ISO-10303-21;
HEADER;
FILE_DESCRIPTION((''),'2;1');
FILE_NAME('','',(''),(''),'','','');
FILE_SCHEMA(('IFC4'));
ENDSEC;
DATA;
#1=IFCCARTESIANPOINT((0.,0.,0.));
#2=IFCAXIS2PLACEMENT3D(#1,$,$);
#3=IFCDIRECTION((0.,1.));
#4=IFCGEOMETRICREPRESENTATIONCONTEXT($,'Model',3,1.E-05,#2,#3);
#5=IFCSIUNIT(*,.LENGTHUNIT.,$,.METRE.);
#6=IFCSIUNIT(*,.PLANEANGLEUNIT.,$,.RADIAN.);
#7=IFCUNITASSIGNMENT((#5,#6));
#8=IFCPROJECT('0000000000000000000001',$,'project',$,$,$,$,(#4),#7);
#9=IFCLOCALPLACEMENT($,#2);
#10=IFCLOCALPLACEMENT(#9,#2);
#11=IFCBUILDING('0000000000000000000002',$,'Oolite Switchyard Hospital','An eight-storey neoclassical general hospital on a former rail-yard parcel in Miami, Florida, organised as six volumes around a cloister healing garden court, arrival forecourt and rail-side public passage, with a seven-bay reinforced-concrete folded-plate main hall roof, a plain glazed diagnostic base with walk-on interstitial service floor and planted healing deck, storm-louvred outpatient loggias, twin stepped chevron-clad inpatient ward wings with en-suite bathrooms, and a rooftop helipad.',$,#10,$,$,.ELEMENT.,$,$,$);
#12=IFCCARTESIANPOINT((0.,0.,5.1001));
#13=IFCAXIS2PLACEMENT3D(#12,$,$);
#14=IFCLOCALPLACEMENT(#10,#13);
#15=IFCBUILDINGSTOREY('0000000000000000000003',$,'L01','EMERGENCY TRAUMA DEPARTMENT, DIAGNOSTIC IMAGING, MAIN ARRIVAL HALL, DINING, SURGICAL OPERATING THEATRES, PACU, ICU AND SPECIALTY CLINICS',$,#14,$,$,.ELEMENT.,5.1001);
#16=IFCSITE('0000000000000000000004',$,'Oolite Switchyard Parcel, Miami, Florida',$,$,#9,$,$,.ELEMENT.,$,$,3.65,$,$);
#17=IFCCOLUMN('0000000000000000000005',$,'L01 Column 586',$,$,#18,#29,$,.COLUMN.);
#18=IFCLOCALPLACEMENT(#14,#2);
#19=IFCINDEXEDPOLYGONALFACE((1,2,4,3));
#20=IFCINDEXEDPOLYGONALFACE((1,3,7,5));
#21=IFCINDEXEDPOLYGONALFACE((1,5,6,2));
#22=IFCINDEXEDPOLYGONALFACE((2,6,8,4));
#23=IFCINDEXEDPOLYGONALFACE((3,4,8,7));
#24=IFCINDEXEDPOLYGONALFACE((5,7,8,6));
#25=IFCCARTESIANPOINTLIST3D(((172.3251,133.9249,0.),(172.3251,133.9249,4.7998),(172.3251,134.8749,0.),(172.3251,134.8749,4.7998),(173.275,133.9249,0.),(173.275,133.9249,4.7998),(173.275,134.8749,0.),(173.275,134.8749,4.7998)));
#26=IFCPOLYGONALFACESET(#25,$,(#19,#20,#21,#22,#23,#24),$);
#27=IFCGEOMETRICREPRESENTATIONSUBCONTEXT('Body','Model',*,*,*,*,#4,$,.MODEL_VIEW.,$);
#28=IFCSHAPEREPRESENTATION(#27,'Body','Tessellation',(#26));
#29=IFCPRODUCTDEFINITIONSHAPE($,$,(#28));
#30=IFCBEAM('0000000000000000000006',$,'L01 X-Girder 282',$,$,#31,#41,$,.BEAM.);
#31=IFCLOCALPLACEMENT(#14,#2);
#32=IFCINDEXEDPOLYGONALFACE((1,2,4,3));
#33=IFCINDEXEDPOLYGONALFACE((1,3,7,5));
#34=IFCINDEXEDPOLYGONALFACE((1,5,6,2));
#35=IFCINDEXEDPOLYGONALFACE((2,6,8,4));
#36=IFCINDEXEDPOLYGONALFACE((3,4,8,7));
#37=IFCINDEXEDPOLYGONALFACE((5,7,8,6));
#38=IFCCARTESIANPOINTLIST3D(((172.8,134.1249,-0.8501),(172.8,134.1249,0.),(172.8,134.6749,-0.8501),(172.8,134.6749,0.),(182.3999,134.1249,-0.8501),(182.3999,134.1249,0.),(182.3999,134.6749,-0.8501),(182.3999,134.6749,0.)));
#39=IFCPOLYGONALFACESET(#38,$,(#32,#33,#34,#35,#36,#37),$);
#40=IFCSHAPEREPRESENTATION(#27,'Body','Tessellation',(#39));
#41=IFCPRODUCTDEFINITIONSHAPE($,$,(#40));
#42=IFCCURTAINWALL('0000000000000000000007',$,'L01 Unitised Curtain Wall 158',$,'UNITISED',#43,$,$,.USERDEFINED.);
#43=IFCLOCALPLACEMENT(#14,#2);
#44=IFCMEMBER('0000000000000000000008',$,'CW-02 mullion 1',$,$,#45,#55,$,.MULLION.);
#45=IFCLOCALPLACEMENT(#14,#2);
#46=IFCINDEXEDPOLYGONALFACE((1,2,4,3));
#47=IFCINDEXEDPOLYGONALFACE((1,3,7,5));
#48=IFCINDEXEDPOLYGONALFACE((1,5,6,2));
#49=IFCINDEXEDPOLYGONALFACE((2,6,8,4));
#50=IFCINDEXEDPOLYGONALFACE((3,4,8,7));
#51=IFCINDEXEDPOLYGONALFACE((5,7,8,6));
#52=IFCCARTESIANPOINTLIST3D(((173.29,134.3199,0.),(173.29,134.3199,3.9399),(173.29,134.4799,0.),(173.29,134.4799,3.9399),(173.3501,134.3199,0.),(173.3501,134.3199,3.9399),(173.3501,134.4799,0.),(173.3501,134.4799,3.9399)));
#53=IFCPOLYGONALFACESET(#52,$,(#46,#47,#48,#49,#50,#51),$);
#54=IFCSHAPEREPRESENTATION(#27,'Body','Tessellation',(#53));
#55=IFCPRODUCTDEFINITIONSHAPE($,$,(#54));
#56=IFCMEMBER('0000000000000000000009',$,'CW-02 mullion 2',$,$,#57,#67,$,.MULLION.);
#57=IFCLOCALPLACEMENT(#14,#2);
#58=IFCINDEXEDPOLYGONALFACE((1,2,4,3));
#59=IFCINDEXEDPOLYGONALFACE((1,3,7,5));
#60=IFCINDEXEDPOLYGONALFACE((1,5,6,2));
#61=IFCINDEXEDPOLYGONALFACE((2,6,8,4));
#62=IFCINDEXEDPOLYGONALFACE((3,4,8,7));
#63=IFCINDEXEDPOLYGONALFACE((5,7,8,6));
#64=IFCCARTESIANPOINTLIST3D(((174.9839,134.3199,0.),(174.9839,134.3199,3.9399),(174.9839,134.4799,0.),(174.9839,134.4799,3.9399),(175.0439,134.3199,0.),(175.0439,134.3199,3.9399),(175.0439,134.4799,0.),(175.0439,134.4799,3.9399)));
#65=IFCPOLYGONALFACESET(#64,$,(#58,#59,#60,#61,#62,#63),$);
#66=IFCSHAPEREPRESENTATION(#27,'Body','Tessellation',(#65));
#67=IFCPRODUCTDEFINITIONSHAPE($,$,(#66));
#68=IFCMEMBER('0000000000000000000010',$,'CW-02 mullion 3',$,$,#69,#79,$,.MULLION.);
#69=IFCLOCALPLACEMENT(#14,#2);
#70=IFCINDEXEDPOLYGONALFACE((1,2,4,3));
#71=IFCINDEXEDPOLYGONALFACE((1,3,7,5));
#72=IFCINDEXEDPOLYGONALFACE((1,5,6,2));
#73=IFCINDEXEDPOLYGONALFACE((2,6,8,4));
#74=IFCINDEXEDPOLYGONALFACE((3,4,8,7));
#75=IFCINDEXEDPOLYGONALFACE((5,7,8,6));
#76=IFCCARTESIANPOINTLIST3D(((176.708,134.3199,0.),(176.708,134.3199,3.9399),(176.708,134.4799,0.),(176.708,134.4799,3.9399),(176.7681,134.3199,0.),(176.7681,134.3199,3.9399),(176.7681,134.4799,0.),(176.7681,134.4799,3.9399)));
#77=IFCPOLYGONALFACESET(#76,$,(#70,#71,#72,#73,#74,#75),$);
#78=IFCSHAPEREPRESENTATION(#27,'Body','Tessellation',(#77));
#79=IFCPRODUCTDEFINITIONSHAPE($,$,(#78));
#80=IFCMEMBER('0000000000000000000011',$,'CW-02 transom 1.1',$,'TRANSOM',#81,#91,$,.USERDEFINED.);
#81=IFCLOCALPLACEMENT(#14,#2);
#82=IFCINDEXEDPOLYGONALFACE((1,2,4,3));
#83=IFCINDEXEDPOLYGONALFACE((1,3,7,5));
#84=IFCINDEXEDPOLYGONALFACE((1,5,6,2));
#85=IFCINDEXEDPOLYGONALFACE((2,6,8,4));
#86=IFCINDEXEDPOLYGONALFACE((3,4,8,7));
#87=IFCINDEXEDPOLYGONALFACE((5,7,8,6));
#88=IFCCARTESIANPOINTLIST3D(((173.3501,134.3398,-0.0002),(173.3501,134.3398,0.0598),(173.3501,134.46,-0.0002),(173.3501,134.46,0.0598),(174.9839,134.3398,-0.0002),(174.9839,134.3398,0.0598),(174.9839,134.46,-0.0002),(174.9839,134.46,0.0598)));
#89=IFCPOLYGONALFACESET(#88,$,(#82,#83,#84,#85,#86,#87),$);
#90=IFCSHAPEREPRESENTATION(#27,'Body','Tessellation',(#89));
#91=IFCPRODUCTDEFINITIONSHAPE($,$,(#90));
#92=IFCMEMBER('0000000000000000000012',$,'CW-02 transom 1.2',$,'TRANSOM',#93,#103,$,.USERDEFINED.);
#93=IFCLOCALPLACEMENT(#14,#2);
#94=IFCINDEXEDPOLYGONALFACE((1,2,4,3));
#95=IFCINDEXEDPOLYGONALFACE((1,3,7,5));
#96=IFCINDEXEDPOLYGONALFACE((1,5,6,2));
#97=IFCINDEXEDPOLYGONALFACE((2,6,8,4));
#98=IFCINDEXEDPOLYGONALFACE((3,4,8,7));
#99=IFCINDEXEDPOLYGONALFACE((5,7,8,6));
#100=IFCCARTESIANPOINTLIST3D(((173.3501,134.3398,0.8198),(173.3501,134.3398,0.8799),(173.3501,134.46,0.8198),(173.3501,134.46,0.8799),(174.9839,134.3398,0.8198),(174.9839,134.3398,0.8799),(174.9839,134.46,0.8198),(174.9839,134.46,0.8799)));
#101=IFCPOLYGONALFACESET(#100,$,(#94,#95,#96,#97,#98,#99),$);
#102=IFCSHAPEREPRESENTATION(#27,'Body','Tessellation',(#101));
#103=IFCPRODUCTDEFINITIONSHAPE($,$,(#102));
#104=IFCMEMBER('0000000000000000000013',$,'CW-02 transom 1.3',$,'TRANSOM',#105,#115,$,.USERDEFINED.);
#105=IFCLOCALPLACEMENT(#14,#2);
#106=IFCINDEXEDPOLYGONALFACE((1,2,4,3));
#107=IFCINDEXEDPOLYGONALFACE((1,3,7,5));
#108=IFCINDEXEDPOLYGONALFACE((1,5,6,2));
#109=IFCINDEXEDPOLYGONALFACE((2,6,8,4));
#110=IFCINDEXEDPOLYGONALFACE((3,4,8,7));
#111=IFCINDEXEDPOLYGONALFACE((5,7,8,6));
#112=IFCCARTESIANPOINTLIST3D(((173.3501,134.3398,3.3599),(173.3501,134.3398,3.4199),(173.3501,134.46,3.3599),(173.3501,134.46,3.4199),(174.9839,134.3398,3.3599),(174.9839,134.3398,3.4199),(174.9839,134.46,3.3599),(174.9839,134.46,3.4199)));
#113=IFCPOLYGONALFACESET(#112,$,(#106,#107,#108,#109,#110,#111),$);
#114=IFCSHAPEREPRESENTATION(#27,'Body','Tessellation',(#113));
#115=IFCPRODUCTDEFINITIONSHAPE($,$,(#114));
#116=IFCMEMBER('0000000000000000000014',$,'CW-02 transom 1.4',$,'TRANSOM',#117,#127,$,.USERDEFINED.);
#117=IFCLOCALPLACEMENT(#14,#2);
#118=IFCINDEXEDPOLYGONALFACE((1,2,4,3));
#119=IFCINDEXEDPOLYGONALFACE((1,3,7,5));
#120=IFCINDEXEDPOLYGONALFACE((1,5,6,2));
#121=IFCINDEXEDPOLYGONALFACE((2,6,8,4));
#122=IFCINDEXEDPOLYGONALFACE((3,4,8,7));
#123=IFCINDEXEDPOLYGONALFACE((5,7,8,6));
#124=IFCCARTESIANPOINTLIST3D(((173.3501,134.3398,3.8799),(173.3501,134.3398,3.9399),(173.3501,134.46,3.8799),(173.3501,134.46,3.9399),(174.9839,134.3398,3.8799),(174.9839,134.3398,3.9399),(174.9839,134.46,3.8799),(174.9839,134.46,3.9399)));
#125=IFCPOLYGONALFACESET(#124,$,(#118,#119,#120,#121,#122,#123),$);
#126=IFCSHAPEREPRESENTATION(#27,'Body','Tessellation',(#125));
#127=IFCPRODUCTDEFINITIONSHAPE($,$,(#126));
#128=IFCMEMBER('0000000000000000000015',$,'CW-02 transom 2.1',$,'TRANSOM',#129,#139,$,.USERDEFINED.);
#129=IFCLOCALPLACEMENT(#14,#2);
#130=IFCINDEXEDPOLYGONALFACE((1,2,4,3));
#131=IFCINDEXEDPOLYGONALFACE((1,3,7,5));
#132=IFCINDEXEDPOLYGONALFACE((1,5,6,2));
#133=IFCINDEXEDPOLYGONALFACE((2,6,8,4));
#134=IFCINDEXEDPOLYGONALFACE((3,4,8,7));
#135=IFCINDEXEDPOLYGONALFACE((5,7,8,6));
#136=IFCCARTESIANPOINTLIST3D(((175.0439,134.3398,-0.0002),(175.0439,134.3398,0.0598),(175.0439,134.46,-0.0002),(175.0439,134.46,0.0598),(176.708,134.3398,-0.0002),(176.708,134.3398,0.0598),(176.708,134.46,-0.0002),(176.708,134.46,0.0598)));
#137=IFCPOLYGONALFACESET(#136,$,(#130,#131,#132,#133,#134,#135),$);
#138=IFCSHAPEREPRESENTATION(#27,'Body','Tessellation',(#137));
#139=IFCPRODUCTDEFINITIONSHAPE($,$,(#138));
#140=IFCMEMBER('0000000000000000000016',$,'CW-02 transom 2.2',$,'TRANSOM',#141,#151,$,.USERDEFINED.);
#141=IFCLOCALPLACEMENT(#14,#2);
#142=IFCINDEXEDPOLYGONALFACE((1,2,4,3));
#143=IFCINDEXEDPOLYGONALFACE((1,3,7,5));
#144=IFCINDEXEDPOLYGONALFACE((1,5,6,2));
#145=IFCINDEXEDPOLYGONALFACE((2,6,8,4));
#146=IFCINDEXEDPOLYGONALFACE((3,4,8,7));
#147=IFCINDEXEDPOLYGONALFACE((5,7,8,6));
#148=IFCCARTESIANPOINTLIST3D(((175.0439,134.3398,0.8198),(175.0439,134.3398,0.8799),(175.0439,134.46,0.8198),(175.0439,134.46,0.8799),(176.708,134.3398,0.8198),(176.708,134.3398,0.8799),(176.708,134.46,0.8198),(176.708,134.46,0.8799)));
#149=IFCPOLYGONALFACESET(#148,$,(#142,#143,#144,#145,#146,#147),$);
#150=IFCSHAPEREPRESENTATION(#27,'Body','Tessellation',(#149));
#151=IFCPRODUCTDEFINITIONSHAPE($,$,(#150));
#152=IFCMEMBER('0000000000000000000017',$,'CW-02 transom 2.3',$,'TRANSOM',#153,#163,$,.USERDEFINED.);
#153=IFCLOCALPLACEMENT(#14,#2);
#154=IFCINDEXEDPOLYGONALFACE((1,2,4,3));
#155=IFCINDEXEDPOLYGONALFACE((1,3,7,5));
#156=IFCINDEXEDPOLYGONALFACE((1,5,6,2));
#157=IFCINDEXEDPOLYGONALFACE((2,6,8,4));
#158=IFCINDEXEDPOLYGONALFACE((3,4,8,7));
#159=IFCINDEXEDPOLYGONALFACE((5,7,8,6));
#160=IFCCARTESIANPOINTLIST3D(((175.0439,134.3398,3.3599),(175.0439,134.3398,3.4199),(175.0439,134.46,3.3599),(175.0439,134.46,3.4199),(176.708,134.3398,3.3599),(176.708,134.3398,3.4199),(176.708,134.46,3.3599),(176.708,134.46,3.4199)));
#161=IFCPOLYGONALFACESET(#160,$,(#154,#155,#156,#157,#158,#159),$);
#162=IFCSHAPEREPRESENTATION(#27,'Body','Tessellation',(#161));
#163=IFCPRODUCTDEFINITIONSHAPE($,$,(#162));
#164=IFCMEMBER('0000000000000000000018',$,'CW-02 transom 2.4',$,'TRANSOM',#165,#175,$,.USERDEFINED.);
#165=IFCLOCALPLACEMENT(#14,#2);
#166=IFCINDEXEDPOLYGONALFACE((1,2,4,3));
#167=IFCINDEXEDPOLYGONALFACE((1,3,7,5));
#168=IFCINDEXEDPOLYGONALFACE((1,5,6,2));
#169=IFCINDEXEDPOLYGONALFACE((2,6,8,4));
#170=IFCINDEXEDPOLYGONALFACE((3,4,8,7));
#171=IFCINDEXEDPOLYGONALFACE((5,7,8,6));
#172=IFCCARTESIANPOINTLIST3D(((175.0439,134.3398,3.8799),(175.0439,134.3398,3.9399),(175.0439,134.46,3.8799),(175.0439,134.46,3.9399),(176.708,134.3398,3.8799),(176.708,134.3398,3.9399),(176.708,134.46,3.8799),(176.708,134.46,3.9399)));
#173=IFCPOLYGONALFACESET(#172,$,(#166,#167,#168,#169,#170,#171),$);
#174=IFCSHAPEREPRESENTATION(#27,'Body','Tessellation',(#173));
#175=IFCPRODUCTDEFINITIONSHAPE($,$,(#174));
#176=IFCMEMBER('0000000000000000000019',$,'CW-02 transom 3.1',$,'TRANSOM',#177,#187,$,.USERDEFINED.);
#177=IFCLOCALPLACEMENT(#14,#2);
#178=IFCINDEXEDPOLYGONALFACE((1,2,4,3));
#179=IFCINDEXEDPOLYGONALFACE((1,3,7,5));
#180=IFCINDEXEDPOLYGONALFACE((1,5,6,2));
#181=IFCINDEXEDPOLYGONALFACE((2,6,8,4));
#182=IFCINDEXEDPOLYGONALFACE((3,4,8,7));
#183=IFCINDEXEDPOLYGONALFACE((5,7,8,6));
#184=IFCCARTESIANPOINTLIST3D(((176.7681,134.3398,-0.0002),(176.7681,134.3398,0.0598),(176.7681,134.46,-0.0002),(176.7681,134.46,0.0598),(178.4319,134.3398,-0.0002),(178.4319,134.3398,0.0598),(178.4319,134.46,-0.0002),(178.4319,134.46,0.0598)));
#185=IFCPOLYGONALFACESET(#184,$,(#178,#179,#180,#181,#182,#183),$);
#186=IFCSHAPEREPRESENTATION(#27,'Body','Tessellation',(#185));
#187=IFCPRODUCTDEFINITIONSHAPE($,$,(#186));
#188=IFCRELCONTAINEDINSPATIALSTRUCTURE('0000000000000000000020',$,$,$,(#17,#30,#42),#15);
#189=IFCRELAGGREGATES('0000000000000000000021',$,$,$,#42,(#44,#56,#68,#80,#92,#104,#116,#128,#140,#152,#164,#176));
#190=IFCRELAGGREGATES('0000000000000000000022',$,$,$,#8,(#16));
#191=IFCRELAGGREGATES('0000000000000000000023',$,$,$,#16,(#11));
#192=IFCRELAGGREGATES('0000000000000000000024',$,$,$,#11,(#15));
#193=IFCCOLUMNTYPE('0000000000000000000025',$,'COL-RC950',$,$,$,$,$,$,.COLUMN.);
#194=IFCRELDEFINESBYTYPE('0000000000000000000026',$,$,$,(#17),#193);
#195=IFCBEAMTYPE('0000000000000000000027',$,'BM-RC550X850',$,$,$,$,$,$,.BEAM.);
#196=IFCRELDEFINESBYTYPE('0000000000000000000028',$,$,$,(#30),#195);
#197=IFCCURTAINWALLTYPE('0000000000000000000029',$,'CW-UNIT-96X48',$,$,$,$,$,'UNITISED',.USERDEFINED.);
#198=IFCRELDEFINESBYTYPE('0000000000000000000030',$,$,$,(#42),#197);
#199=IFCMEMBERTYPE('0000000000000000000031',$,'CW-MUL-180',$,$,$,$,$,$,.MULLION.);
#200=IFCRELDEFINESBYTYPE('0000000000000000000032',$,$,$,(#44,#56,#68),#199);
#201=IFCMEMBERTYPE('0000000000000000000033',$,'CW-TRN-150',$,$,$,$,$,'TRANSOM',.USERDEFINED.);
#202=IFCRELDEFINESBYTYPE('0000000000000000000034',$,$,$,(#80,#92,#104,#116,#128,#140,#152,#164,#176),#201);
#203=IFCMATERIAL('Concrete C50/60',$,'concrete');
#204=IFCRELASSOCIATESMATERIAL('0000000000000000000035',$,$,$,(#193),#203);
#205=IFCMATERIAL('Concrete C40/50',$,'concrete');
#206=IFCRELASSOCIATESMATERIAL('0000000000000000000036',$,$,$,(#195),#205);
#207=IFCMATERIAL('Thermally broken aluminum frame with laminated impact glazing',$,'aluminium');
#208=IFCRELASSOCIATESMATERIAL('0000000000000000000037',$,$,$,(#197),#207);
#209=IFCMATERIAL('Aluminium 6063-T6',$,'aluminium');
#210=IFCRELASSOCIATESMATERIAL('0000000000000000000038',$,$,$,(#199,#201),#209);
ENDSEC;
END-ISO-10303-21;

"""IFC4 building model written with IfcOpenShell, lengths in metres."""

from ifc_helpers import new_model, si_unit, direction, frame, origin, origin_2d, place, context, subcontext, project, spatial, rectangle, extrude, material, material_profile, profile_set, type_object, element, aggregate, save


model = new_model("IFC4")

# Units and contexts
model_context = context("Model", 3, precision=1e-05, world=origin(), true_north=direction((0.0, 1.0)))
body_context = subcontext(model_context, "Body", "Model", "MODEL_VIEW")
ifc_project = project(units=[si_unit("LENGTHUNIT", "METRE"), si_unit("PLANEANGLEUNIT", "RADIAN")], contexts=[model_context])

# Site, building, storey
site_placement = place(None, origin())
site = spatial("IfcSite", under=ifc_project, at=site_placement, Name="Oolite Switchyard Parcel, Miami, Florida", CompositionType="ELEMENT", RefElevation=3.65)
building_placement = place(site_placement, origin())
building = spatial("IfcBuilding", under=site, at=building_placement, Name="Oolite Switchyard Hospital", Description="An eight-storey neoclassical general hospital on a former rail-yard parcel in Miami, Florida, organised as six volumes around a cloister healing garden court, arrival forecourt and rail-side public passage, with a seven-bay reinforced-concrete folded-plate main hall roof, a plain glazed diagnostic base with walk-on interstitial service floor and planted healing deck, storm-louvred outpatient loggias, twin stepped chevron-clad inpatient ward wings with en-suite bathrooms, and a rooftop helipad.", CompositionType="ELEMENT")
storey_placement = place(building_placement, frame((0.0, 0.0, 5.1001)))
storey = spatial("IfcBuildingStorey", under=building, at=storey_placement, Name="L01", Description="EMERGENCY TRAUMA DEPARTMENT, DIAGNOSTIC IMAGING, MAIN ARRIVAL HALL, DINING, SURGICAL OPERATING THEATRES, PACU, ICU AND SPECIALTY CLINICS", CompositionType="ELEMENT", Elevation=5.1001)

# Column
ifc_material_1 = material(Name="Concrete C50/60", Category="concrete")
ifc_material_profile_1 = material_profile(ifc_material_1, rectangle(XDim=0.95, YDim=0.95, at=origin_2d()), Name="RC950X950")
ifc_profile_set_1 = profile_set([ifc_material_profile_1], Name="Concrete C50/60")
column_type = type_object("IfcColumnType", Name="COL-RC950", PredefinedType="COLUMN", material=ifc_profile_set_1)
column_placement = place(storey_placement, frame((172.8, 134.3999, 0.0), z_axis=(0.0, 0.0, 1.0), x_axis=(1.0, 0.0, 0.0)))
element("IfcColumn", 1, at=column_placement, inside=storey, type_object=column_type, Name="L01 Column 586", PredefinedType="COLUMN", context=body_context, shape_type="SweptSolid", body=[
    extrude(rectangle(XDim=0.95, YDim=0.95, at=origin_2d()), origin(), (0.0, 0.0, 1.0), 4.7998),
])

# Beam
ifc_material_2 = material(Name="Concrete C40/50", Category="concrete")
ifc_material_profile_2 = material_profile(ifc_material_2, rectangle(XDim=0.55, YDim=0.8501, at=origin_2d()), Name="RCB550X850")
ifc_profile_set_2 = profile_set([ifc_material_profile_2], Name="Concrete C40/50")
beam_type = type_object("IfcBeamType", Name="BM-RC550X850", PredefinedType="BEAM", material=ifc_profile_set_2)
beam_placement = place(storey_placement, frame((172.8, 134.3999, -0.425), z_axis=(1.0, 0.0, 0.0), x_axis=(0.0, 1.0, 0.0)))
element("IfcBeam", 2, at=beam_placement, inside=storey, type_object=beam_type, Name="L01 X-Girder 282", PredefinedType="BEAM", context=body_context, shape_type="SweptSolid", body=[
    extrude(rectangle(XDim=0.55, YDim=0.8501, at=origin_2d()), origin(), (0.0, 0.0, 1.0), 9.5999),
])

# Curtain wall, members
ifc_material_3 = material(Name="Thermally broken aluminum frame with laminated impact glazing", Category="aluminium")
curtain_wall_type = type_object("IfcCurtainWallType", Name="CW-UNIT-96X48", ElementType="UNITISED", PredefinedType="USERDEFINED", material=ifc_material_3)
curtain_wall_placement = place(storey_placement, origin())
curtain_wall = element("IfcCurtainWall", 3, at=curtain_wall_placement, inside=storey, type_object=curtain_wall_type, Name="L01 Unitised Curtain Wall 158", ObjectType="UNITISED", PredefinedType="USERDEFINED")
ifc_material_4 = material(Name="Aluminium 6063-T6", Category="aluminium")
ifc_material_profile_3 = material_profile(ifc_material_4, rectangle(XDim=0.1599, YDim=0.0601, at=origin_2d()), Name="CWM60X160")
ifc_profile_set_3 = profile_set([ifc_material_profile_3], Name="Aluminium 6063-T6")
member_type_1 = type_object("IfcMemberType", Name="CW-MUL-180", PredefinedType="MULLION", material=ifc_profile_set_3)
member_1_placement = place(storey_placement, frame((173.3201, 134.3999, 0.0), z_axis=(0.0, 0.0, 1.0), x_axis=(0.0, 1.0, 0.0)))
member_1 = element("IfcMember", 4, at=member_1_placement, type_object=member_type_1, Name="CW-02 mullion 1", PredefinedType="MULLION", context=body_context, shape_type="SweptSolid", body=[
    extrude(rectangle(XDim=0.1599, YDim=0.0601, at=origin_2d()), origin(), (0.0, 0.0, 1.0), 3.9399),
])
member_2_placement = place(storey_placement, frame((175.0139, 134.3999, 0.0), z_axis=(0.0, 0.0, 1.0), x_axis=(0.0, 1.0, 0.0)))
member_2 = element("IfcMember", 5, at=member_2_placement, type_object=member_type_1, Name="CW-02 mullion 2", PredefinedType="MULLION", context=body_context, shape_type="SweptSolid", body=[
    extrude(rectangle(XDim=0.1599, YDim=0.0601, at=origin_2d()), origin(), (0.0, 0.0, 1.0), 3.9399),
])
member_3_placement = place(storey_placement, frame((176.738, 134.3999, 0.0), z_axis=(0.0, 0.0, 1.0), x_axis=(0.0, 1.0, 0.0)))
member_3 = element("IfcMember", 6, at=member_3_placement, type_object=member_type_1, Name="CW-02 mullion 3", PredefinedType="MULLION", context=body_context, shape_type="SweptSolid", body=[
    extrude(rectangle(XDim=0.1599, YDim=0.0601, at=origin_2d()), origin(), (0.0, 0.0, 1.0), 3.9399),
])
ifc_material_profile_4 = material_profile(ifc_material_4, rectangle(XDim=0.1201, YDim=0.0601, at=origin_2d()), Name="CWT60X120")
ifc_profile_set_4 = profile_set([ifc_material_profile_4], Name="Aluminium 6063-T6")
member_type_2 = type_object("IfcMemberType", Name="CW-TRN-150", ElementType="TRANSOM", PredefinedType="USERDEFINED", material=ifc_profile_set_4)
member_4_placement = place(storey_placement, frame((173.3501, 134.3999, 0.0298), z_axis=(1.0, 0.0, 0.0), x_axis=(0.0, 1.0, 0.0)))
member_4 = element("IfcMember", 7, at=member_4_placement, type_object=member_type_2, Name="CW-02 transom 1.1", ObjectType="TRANSOM", PredefinedType="USERDEFINED", context=body_context, shape_type="SweptSolid", body=[
    extrude(rectangle(XDim=0.1201, YDim=0.0601, at=origin_2d()), origin(), (0.0, 0.0, 1.0), 1.6338),
])
member_5_placement = place(storey_placement, frame((173.3501, 134.3999, 0.8499), z_axis=(1.0, 0.0, 0.0), x_axis=(0.0, 1.0, 0.0)))
member_5 = element("IfcMember", 8, at=member_5_placement, type_object=member_type_2, Name="CW-02 transom 1.2", ObjectType="TRANSOM", PredefinedType="USERDEFINED", context=body_context, shape_type="SweptSolid", body=[
    extrude(rectangle(XDim=0.1201, YDim=0.0601, at=origin_2d()), origin(), (0.0, 0.0, 1.0), 1.6338),
])
member_6_placement = place(storey_placement, frame((173.3501, 134.3999, 3.3899), z_axis=(1.0, 0.0, 0.0), x_axis=(0.0, 1.0, 0.0)))
member_6 = element("IfcMember", 9, at=member_6_placement, type_object=member_type_2, Name="CW-02 transom 1.3", ObjectType="TRANSOM", PredefinedType="USERDEFINED", context=body_context, shape_type="SweptSolid", body=[
    extrude(rectangle(XDim=0.1201, YDim=0.0601, at=origin_2d()), origin(), (0.0, 0.0, 1.0), 1.6338),
])
member_7_placement = place(storey_placement, frame((173.3501, 134.3999, 3.9099), z_axis=(1.0, 0.0, 0.0), x_axis=(0.0, 1.0, 0.0)))
member_7 = element("IfcMember", 10, at=member_7_placement, type_object=member_type_2, Name="CW-02 transom 1.4", ObjectType="TRANSOM", PredefinedType="USERDEFINED", context=body_context, shape_type="SweptSolid", body=[
    extrude(rectangle(XDim=0.1201, YDim=0.0601, at=origin_2d()), origin(), (0.0, 0.0, 1.0), 1.6338),
])
member_8_placement = place(storey_placement, frame((175.0439, 134.3999, 0.0298), z_axis=(1.0, 0.0, 0.0), x_axis=(0.0, 1.0, 0.0)))
member_8 = element("IfcMember", 11, at=member_8_placement, type_object=member_type_2, Name="CW-02 transom 2.1", ObjectType="TRANSOM", PredefinedType="USERDEFINED", context=body_context, shape_type="SweptSolid", body=[
    extrude(rectangle(XDim=0.1201, YDim=0.0601, at=origin_2d()), origin(), (0.0, 0.0, 1.0), 1.6641),
])
member_9_placement = place(storey_placement, frame((175.0439, 134.3999, 0.8499), z_axis=(1.0, 0.0, 0.0), x_axis=(0.0, 1.0, 0.0)))
member_9 = element("IfcMember", 12, at=member_9_placement, type_object=member_type_2, Name="CW-02 transom 2.2", ObjectType="TRANSOM", PredefinedType="USERDEFINED", context=body_context, shape_type="SweptSolid", body=[
    extrude(rectangle(XDim=0.1201, YDim=0.0601, at=origin_2d()), origin(), (0.0, 0.0, 1.0), 1.6641),
])
member_10_placement = place(storey_placement, frame((175.0439, 134.3999, 3.3899), z_axis=(1.0, 0.0, 0.0), x_axis=(0.0, 1.0, 0.0)))
member_10 = element("IfcMember", 13, at=member_10_placement, type_object=member_type_2, Name="CW-02 transom 2.3", ObjectType="TRANSOM", PredefinedType="USERDEFINED", context=body_context, shape_type="SweptSolid", body=[
    extrude(rectangle(XDim=0.1201, YDim=0.0601, at=origin_2d()), origin(), (0.0, 0.0, 1.0), 1.6641),
])
member_11_placement = place(storey_placement, frame((175.0439, 134.3999, 3.9099), z_axis=(1.0, 0.0, 0.0), x_axis=(0.0, 1.0, 0.0)))
member_11 = element("IfcMember", 14, at=member_11_placement, type_object=member_type_2, Name="CW-02 transom 2.4", ObjectType="TRANSOM", PredefinedType="USERDEFINED", context=body_context, shape_type="SweptSolid", body=[
    extrude(rectangle(XDim=0.1201, YDim=0.0601, at=origin_2d()), origin(), (0.0, 0.0, 1.0), 1.6641),
])
member_12_placement = place(storey_placement, frame((176.7681, 134.3999, 0.0298), z_axis=(1.0, 0.0, 0.0), x_axis=(0.0, 1.0, 0.0)))
member_12 = element("IfcMember", 15, at=member_12_placement, type_object=member_type_2, Name="CW-02 transom 3.1", ObjectType="TRANSOM", PredefinedType="USERDEFINED", context=body_context, shape_type="SweptSolid", body=[
    extrude(rectangle(XDim=0.1201, YDim=0.0601, at=origin_2d()), origin(), (0.0, 0.0, 1.0), 1.6638),
])
aggregate(curtain_wall, [member_1, member_2, member_3, member_4, member_5, member_6, member_7, member_8, member_9, member_10, member_11, member_12])

save(model, "model.ifc")
